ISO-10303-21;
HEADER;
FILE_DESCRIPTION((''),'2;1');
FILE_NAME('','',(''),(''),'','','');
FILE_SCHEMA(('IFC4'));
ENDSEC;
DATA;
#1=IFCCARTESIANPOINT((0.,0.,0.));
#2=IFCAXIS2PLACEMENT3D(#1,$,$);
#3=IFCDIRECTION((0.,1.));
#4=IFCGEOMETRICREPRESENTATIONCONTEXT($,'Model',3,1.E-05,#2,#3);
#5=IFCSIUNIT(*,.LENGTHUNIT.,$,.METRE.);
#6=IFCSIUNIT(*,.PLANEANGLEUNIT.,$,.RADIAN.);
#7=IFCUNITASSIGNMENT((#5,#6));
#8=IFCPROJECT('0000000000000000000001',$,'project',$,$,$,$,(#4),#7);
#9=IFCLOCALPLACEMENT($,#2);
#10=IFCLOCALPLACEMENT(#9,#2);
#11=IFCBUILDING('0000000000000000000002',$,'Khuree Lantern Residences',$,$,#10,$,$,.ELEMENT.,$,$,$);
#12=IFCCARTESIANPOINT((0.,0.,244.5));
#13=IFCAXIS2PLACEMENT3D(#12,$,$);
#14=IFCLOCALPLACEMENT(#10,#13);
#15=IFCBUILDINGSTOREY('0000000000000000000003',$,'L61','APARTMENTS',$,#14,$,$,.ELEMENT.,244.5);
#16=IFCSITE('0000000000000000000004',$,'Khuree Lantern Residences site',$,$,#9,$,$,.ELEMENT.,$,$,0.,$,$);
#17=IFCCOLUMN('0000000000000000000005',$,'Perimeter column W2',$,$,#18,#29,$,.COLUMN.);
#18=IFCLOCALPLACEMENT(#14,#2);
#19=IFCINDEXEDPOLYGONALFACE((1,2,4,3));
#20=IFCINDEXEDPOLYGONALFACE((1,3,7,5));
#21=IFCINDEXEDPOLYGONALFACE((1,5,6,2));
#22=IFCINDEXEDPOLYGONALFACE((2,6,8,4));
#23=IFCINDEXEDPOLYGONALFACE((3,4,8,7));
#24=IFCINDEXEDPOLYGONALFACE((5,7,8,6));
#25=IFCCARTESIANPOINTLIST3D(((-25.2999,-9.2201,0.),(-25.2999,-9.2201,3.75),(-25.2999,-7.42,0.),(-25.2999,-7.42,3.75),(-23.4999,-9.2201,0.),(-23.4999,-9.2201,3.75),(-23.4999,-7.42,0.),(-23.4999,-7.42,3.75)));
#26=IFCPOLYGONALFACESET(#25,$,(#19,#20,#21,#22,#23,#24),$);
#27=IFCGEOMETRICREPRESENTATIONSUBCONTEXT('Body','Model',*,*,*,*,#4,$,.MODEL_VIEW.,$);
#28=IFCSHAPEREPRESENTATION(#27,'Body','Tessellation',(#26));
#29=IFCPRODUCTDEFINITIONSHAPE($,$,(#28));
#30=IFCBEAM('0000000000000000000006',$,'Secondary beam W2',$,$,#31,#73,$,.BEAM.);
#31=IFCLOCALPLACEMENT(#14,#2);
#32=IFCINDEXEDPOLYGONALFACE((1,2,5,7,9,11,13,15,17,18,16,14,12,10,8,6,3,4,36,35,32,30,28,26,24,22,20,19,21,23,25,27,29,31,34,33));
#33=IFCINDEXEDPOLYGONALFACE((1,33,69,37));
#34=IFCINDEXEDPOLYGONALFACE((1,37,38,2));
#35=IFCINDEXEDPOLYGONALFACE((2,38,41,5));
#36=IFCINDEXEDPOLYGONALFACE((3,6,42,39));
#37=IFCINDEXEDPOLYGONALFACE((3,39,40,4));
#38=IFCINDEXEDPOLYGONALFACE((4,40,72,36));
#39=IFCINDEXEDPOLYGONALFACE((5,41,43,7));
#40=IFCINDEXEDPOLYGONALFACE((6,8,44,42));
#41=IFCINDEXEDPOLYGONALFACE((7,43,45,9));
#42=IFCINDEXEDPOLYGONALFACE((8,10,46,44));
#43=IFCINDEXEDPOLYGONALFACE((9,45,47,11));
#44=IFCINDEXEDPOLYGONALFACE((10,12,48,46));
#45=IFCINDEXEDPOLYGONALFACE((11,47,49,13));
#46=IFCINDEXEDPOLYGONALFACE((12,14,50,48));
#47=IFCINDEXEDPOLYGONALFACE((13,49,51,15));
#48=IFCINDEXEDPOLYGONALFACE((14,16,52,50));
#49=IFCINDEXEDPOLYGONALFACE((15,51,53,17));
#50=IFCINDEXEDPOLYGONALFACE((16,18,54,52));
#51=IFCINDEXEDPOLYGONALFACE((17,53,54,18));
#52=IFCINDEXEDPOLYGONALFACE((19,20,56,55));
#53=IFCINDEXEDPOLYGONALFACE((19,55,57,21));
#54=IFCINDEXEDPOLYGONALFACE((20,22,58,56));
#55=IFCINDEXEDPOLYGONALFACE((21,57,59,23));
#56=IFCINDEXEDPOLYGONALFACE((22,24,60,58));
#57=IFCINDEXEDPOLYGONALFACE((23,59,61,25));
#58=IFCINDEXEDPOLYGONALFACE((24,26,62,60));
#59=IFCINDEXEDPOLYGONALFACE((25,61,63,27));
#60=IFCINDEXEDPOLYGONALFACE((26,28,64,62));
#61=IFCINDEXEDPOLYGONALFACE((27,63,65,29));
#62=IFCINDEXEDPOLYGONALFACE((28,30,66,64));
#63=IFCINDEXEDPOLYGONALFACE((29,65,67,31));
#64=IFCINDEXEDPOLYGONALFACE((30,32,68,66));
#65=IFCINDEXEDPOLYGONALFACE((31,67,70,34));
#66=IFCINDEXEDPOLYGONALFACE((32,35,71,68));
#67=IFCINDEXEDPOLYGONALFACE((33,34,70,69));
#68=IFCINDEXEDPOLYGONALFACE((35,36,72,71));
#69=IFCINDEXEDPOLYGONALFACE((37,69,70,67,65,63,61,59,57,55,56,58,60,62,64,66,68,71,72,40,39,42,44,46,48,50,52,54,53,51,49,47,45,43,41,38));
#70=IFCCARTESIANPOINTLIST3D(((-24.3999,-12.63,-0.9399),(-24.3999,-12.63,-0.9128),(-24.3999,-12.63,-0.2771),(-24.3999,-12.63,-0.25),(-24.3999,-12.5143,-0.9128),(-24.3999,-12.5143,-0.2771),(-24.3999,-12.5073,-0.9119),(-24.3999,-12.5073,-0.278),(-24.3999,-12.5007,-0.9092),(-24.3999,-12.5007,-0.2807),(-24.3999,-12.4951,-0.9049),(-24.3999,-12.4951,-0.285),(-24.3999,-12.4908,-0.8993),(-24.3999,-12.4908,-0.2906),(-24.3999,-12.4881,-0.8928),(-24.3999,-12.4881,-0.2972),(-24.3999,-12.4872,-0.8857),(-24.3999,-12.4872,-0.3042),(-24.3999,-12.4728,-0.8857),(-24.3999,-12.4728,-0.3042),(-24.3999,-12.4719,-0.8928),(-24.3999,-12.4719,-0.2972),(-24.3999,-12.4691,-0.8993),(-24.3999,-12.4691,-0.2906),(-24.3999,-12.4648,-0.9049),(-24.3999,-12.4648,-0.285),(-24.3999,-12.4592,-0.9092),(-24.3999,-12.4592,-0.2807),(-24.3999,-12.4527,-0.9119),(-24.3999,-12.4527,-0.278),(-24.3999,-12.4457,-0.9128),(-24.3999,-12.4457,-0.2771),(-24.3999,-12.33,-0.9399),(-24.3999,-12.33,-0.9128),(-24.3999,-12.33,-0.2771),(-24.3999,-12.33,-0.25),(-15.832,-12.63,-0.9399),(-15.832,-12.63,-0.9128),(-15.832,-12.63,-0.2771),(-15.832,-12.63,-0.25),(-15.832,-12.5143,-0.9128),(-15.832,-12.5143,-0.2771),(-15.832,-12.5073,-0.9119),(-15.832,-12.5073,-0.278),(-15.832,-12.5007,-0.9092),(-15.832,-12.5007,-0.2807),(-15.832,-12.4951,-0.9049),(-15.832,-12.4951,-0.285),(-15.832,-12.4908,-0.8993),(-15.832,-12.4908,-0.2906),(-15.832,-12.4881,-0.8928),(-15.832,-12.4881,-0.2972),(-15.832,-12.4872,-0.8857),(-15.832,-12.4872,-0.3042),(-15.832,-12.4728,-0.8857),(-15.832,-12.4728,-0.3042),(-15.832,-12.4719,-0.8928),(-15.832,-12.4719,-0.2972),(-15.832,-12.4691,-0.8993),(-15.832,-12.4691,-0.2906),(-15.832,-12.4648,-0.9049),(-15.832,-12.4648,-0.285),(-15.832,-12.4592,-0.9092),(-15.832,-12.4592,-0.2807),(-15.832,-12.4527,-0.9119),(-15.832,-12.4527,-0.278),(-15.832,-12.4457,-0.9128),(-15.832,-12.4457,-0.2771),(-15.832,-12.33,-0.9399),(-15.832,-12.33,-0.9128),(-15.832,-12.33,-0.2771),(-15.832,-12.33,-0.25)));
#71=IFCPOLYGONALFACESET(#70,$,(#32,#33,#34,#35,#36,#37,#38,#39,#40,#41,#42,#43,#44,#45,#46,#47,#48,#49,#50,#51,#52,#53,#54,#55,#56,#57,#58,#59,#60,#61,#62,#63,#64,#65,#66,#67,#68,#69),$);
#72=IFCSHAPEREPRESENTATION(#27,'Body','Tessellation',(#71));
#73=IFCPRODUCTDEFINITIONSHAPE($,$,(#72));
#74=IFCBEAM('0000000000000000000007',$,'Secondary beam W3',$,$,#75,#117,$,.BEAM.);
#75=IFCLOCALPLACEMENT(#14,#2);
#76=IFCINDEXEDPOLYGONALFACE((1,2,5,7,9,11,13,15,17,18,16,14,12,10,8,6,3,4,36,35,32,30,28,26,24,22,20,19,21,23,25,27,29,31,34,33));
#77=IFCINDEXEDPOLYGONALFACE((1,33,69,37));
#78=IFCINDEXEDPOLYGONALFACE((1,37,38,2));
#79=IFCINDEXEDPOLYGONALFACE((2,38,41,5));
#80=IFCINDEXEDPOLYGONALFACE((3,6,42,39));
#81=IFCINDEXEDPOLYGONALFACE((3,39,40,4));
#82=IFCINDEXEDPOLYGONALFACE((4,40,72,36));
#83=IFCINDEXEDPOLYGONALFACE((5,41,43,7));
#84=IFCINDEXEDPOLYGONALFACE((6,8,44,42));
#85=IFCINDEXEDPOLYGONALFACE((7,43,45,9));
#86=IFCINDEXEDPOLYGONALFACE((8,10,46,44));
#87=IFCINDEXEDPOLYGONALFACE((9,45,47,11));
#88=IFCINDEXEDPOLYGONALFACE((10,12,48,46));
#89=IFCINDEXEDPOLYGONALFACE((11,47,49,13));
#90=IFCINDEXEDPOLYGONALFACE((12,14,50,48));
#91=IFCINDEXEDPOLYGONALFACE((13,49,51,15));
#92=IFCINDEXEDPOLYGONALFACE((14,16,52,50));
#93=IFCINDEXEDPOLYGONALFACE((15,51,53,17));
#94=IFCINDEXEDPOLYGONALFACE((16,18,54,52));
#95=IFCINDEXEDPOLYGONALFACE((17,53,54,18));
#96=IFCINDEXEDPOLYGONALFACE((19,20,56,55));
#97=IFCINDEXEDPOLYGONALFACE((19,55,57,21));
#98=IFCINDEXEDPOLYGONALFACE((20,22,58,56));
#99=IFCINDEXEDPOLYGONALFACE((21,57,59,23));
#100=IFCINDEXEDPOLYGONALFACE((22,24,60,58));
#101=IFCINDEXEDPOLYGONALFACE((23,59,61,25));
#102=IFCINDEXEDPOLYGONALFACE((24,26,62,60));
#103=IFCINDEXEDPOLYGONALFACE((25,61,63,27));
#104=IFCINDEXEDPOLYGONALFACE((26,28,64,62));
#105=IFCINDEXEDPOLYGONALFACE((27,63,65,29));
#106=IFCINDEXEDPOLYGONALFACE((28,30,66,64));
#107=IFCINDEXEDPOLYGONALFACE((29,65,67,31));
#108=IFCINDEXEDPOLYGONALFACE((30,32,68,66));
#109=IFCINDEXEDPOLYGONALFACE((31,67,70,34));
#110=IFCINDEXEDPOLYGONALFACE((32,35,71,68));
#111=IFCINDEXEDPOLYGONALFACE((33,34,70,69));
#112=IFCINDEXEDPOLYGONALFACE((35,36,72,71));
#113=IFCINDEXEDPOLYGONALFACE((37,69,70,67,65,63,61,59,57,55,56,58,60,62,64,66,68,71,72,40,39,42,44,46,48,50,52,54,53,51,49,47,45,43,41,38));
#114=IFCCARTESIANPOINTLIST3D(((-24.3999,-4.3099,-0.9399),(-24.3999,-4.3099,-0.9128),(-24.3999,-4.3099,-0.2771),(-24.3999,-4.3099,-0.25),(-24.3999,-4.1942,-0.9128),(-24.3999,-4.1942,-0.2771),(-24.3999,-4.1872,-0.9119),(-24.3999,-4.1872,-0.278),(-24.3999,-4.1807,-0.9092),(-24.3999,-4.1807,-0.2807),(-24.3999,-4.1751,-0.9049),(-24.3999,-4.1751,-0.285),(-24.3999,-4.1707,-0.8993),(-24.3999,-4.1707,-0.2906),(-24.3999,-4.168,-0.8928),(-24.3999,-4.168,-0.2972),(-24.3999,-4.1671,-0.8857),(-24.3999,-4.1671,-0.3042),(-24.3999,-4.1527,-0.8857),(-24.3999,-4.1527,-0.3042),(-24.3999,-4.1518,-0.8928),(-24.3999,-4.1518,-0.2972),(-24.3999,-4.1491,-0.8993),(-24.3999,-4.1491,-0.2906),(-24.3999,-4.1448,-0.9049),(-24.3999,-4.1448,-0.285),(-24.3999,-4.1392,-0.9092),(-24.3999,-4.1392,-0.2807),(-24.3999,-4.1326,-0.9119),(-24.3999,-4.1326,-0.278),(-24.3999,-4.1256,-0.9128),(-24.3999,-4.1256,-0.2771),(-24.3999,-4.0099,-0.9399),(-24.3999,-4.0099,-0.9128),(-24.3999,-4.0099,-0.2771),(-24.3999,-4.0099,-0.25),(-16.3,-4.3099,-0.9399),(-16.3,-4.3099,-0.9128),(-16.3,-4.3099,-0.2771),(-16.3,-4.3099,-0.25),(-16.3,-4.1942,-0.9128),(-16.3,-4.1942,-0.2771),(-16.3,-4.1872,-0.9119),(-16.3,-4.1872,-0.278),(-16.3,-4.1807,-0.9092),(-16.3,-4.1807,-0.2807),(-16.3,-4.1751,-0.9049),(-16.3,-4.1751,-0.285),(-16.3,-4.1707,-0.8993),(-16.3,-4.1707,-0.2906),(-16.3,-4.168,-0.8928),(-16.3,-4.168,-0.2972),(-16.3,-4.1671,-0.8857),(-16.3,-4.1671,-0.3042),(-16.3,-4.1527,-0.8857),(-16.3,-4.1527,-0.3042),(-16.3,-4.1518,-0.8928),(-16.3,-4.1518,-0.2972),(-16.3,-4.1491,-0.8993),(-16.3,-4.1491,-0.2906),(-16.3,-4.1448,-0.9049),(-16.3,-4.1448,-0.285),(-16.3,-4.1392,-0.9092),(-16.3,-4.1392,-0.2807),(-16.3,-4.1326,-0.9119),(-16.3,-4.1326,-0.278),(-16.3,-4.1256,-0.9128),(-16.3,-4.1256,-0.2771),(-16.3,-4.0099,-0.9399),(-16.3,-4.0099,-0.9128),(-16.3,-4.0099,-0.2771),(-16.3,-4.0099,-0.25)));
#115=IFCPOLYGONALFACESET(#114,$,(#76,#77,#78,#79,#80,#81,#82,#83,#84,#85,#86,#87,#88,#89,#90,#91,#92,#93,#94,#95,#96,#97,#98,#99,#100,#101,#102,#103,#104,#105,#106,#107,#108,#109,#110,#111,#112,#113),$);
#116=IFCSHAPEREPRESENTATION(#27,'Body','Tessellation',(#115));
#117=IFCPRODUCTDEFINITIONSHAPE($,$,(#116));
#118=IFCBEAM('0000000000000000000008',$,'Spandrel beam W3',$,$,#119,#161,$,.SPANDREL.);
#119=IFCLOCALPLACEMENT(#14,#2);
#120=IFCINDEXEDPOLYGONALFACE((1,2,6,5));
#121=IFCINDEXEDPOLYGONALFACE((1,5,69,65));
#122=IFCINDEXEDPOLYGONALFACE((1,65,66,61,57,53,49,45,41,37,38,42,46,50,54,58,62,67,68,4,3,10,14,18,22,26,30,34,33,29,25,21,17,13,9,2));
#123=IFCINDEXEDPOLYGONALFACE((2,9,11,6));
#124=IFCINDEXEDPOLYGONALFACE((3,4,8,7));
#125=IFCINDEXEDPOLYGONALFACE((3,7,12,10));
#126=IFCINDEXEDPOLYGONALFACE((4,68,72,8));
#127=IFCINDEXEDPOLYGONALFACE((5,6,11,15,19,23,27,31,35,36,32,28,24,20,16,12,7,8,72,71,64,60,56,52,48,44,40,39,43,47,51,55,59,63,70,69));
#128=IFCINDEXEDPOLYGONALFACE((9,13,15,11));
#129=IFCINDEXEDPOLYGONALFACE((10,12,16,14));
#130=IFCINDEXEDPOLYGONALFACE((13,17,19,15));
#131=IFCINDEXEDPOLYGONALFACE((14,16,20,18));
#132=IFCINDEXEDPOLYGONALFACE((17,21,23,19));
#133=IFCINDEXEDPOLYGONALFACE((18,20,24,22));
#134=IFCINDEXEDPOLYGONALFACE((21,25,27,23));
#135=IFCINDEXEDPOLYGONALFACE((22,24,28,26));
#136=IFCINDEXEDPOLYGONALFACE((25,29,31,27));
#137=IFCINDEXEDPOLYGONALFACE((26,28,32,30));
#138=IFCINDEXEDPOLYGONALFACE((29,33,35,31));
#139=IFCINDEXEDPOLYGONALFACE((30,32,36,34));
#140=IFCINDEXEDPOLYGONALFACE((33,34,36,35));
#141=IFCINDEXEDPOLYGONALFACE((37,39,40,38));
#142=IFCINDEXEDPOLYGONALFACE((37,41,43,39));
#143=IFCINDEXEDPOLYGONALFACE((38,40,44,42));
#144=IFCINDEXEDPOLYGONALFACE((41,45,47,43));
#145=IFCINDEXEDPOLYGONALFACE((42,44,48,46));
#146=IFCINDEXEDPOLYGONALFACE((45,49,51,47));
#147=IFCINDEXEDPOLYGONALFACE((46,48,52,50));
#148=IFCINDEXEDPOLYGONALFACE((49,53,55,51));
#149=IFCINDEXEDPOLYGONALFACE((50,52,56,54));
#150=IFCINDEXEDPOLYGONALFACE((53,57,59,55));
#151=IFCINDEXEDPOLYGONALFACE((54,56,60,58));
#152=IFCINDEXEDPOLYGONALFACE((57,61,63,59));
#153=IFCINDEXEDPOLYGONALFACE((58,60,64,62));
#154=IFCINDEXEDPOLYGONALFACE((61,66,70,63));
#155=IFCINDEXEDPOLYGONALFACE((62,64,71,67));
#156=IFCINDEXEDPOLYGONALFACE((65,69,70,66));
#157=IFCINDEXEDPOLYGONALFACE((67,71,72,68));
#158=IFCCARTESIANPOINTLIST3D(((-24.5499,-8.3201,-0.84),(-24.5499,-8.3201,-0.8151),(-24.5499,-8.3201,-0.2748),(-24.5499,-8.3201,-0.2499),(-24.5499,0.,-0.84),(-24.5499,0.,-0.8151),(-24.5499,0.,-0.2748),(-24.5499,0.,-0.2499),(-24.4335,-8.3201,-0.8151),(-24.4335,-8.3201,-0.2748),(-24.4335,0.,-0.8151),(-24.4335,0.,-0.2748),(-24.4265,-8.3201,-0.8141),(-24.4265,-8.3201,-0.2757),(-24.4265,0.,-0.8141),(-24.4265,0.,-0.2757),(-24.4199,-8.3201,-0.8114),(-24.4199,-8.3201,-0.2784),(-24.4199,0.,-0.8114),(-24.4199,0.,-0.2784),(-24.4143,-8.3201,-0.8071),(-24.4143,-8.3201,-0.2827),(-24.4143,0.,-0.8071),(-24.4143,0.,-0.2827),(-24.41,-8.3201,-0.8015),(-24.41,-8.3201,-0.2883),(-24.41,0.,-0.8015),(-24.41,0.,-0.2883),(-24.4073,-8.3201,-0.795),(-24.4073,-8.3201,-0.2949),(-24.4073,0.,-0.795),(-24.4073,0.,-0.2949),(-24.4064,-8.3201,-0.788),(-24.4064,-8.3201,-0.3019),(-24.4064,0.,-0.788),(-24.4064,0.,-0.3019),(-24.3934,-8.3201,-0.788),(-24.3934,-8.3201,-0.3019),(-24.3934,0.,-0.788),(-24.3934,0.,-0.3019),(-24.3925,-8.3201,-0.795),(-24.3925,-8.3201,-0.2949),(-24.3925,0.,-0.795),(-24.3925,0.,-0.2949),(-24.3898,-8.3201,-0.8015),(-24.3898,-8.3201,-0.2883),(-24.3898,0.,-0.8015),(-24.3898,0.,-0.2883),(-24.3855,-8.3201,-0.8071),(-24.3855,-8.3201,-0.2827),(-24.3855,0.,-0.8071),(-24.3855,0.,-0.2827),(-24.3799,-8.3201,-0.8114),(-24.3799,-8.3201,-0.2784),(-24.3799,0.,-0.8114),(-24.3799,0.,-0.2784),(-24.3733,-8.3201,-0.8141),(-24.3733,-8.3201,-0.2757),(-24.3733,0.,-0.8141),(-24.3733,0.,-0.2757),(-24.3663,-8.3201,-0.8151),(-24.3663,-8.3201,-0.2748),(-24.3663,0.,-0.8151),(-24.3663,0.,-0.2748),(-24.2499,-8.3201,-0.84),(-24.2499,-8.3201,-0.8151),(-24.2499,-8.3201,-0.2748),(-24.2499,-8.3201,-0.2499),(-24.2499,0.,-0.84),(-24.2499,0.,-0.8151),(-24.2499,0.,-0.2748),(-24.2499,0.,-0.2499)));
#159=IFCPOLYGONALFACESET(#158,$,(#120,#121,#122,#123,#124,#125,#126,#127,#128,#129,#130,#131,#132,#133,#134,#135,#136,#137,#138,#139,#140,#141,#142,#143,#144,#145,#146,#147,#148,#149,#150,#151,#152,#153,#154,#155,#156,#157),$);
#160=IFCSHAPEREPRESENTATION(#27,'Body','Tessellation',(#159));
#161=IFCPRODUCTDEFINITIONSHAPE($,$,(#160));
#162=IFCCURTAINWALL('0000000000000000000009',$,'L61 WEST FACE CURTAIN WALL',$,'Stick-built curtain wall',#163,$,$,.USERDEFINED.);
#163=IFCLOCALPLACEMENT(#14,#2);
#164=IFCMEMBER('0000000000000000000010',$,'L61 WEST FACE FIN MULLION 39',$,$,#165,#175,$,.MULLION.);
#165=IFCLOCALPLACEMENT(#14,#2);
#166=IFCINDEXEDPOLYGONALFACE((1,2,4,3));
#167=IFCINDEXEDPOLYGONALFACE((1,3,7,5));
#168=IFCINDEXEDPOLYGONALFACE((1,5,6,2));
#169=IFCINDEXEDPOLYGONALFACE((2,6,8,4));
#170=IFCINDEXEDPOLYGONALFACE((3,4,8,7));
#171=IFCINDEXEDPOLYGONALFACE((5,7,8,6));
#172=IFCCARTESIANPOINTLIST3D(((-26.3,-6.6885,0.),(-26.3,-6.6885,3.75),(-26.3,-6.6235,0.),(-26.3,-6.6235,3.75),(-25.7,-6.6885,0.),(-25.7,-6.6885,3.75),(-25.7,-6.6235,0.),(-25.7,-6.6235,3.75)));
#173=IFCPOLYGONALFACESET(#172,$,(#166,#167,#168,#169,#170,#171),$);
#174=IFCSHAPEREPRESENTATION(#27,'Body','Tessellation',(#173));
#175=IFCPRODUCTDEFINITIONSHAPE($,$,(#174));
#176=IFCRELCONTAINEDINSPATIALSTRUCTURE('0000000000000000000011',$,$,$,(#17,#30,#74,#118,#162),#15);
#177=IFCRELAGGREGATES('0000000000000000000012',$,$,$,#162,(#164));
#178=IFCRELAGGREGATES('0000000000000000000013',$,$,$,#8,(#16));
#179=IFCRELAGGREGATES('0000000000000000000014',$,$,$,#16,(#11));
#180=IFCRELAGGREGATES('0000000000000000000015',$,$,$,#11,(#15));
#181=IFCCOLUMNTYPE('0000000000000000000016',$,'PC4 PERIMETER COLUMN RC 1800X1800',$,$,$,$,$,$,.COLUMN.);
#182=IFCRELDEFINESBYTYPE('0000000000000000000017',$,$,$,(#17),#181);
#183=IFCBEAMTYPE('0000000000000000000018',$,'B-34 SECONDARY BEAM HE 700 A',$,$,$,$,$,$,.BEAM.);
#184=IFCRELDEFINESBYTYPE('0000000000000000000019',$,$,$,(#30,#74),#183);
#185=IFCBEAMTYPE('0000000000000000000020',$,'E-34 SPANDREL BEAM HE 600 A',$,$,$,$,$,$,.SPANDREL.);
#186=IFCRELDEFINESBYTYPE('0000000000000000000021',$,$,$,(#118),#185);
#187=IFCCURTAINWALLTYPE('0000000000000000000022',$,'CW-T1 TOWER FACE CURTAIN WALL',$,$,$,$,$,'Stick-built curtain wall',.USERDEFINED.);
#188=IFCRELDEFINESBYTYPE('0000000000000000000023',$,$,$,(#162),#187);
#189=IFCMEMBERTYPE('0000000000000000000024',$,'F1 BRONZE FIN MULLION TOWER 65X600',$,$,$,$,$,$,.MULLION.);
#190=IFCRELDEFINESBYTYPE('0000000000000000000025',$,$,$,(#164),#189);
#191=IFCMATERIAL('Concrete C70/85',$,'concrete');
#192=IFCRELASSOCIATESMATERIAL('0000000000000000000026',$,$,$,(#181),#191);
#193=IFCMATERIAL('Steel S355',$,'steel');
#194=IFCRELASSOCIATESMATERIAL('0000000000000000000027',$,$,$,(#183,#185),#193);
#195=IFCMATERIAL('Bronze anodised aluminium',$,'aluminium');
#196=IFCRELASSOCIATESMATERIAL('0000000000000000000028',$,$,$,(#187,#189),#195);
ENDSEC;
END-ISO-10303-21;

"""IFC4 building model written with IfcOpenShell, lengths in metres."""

from ifc_helpers import new_model, si_unit, direction, frame, origin, origin_2d, place, context, subcontext, project, spatial, rectangle, i_section, extrude, material, material_profile, profile_set, type_object, element, aggregate, save


model = new_model("IFC4")

# Units and contexts
model_context = context("Model", 3, precision=1e-05, world=origin(), true_north=direction((0.0, 1.0)))
body_context = subcontext(model_context, "Body", "Model", "MODEL_VIEW")
ifc_project = project(units=[si_unit("LENGTHUNIT", "METRE"), si_unit("PLANEANGLEUNIT", "RADIAN")], contexts=[model_context])

# Site, building, storey
site_placement = place(None, origin())
site = spatial("IfcSite", under=ifc_project, at=site_placement, Name="Khuree Lantern Residences site", CompositionType="ELEMENT", RefElevation=0.0)
building_placement = place(site_placement, origin())
building = spatial("IfcBuilding", under=site, at=building_placement, Name="Khuree Lantern Residences", CompositionType="ELEMENT")
storey_placement = place(building_placement, frame((0.0, 0.0, 244.5)))
storey = spatial("IfcBuildingStorey", under=building, at=storey_placement, Name="L61", Description="APARTMENTS", CompositionType="ELEMENT", Elevation=244.5)

# Column
ifc_material_1 = material(Name="Concrete C70/85", Category="concrete")
ifc_material_profile_1 = material_profile(ifc_material_1, rectangle(XDim=1.8, YDim=1.8, at=origin_2d()), Name="RC 1800X1800")
ifc_profile_set_1 = profile_set([ifc_material_profile_1], Name="Concrete C70/85")
column_type = type_object("IfcColumnType", Name="PC4 PERIMETER COLUMN RC 1800X1800", PredefinedType="COLUMN", material=ifc_profile_set_1)
column_placement = place(storey_placement, frame((-24.3999, -8.3201, 0.0), z_axis=(0.0, 0.0, 1.0), x_axis=(0.0, 1.0, 0.0)))
element("IfcColumn", 1, at=column_placement, inside=storey, type_object=column_type, Name="Perimeter column W2", PredefinedType="COLUMN", context=body_context, shape_type="SweptSolid", body=[
    extrude(rectangle(XDim=1.8, YDim=1.8, at=origin_2d()), origin(), (0.0, 0.0, 1.0), 3.75),
])

# Beams
ifc_material_2 = material(Name="Steel S355", Category="steel")
ifc_material_profile_2 = material_profile(ifc_material_2, i_section(OverallWidth=0.3, OverallDepth=0.6899, WebThickness=0.0144, FlangeThickness=0.0271, FilletRadius=0.0271, at=origin_2d()), Name="HE 700 A")
ifc_profile_set_2 = profile_set([ifc_material_profile_2], Name="Steel S355")
beam_type_1 = type_object("IfcBeamType", Name="B-34 SECONDARY BEAM HE 700 A", PredefinedType="BEAM", material=ifc_profile_set_2)
beam_1_placement = place(storey_placement, frame((-24.3999, -12.48, -0.595), z_axis=(1.0, 0.0, 0.0), x_axis=(0.0, 1.0, 0.0)))
element("IfcBeam", 2, at=beam_1_placement, inside=storey, type_object=beam_type_1, Name="Secondary beam W2", PredefinedType="BEAM", context=body_context, shape_type="SweptSolid", body=[
    extrude(i_section(OverallWidth=0.3, OverallDepth=0.6899, WebThickness=0.0144, FlangeThickness=0.0271, FilletRadius=0.0271, at=origin_2d()), origin(), (0.0, 0.0, 1.0), 8.5679),
])
beam_2_placement = place(storey_placement, frame((-24.3999, -4.1599, -0.595), z_axis=(1.0, 0.0, 0.0), x_axis=(0.0, 1.0, 0.0)))
element("IfcBeam", 3, at=beam_2_placement, inside=storey, type_object=beam_type_1, Name="Secondary beam W3", PredefinedType="BEAM", context=body_context, shape_type="SweptSolid", body=[
    extrude(i_section(OverallWidth=0.3, OverallDepth=0.6899, WebThickness=0.0144, FlangeThickness=0.0271, FilletRadius=0.0271, at=origin_2d()), origin(), (0.0, 0.0, 1.0), 8.0999),
])
ifc_material_profile_3 = material_profile(ifc_material_2, i_section(OverallWidth=0.3, OverallDepth=0.5901, WebThickness=0.0129, FlangeThickness=0.0249, FilletRadius=0.0271, at=origin_2d()), Name="HE 600 A")
ifc_profile_set_3 = profile_set([ifc_material_profile_3], Name="Steel S355")
beam_type_2 = type_object("IfcBeamType", Name="E-34 SPANDREL BEAM HE 600 A", PredefinedType="SPANDREL", material=ifc_profile_set_3)
beam_3_placement = place(storey_placement, frame((-24.3999, -8.3201, -0.5449), z_axis=(0.0, 1.0, 0.0), x_axis=(-1.0, 0.0, 0.0)))
element("IfcBeam", 4, at=beam_3_placement, inside=storey, type_object=beam_type_2, Name="Spandrel beam W3", PredefinedType="SPANDREL", context=body_context, shape_type="SweptSolid", body=[
    extrude(i_section(OverallWidth=0.3, OverallDepth=0.5901, WebThickness=0.0129, FlangeThickness=0.0249, FilletRadius=0.0271, at=origin_2d()), origin(), (0.0, 0.0, 1.0), 8.3201),
])

# Curtain wall, member
ifc_material_3 = material(Name="Bronze anodised aluminium", Category="aluminium")
curtain_wall_type = type_object("IfcCurtainWallType", Name="CW-T1 TOWER FACE CURTAIN WALL", ElementType="Stick-built curtain wall", PredefinedType="USERDEFINED", material=ifc_material_3)
curtain_wall_placement = place(storey_placement, origin())
curtain_wall = element("IfcCurtainWall", 5, at=curtain_wall_placement, inside=storey, type_object=curtain_wall_type, Name="L61 WEST FACE CURTAIN WALL", ObjectType="Stick-built curtain wall", PredefinedType="USERDEFINED")
ifc_material_profile_4 = material_profile(ifc_material_3, rectangle(XDim=0.0649, YDim=0.6001, at=origin_2d()), Name="F1 65X600")
ifc_profile_set_4 = profile_set([ifc_material_profile_4], Name="Bronze anodised aluminium")
member_type_1 = type_object("IfcMemberType", Name="F1 BRONZE FIN MULLION TOWER 65X600", PredefinedType="MULLION", material=ifc_profile_set_4)
member_1_placement = place(storey_placement, frame((-26.0, -6.656, 0.0), z_axis=(0.0, 0.0, 1.0), x_axis=(0.0, -1.0, 0.0)))
member_1 = element("IfcMember", 6, at=member_1_placement, type_object=member_type_1, Name="L61 WEST FACE FIN MULLION 39", PredefinedType="MULLION", context=body_context, shape_type="SweptSolid", body=[
    extrude(rectangle(XDim=0.0649, YDim=0.6001, at=origin_2d()), origin(), (0.0, 0.0, 1.0), 3.75),
])

aggregate(curtain_wall, [member_1])

save(model, "model.ifc")
